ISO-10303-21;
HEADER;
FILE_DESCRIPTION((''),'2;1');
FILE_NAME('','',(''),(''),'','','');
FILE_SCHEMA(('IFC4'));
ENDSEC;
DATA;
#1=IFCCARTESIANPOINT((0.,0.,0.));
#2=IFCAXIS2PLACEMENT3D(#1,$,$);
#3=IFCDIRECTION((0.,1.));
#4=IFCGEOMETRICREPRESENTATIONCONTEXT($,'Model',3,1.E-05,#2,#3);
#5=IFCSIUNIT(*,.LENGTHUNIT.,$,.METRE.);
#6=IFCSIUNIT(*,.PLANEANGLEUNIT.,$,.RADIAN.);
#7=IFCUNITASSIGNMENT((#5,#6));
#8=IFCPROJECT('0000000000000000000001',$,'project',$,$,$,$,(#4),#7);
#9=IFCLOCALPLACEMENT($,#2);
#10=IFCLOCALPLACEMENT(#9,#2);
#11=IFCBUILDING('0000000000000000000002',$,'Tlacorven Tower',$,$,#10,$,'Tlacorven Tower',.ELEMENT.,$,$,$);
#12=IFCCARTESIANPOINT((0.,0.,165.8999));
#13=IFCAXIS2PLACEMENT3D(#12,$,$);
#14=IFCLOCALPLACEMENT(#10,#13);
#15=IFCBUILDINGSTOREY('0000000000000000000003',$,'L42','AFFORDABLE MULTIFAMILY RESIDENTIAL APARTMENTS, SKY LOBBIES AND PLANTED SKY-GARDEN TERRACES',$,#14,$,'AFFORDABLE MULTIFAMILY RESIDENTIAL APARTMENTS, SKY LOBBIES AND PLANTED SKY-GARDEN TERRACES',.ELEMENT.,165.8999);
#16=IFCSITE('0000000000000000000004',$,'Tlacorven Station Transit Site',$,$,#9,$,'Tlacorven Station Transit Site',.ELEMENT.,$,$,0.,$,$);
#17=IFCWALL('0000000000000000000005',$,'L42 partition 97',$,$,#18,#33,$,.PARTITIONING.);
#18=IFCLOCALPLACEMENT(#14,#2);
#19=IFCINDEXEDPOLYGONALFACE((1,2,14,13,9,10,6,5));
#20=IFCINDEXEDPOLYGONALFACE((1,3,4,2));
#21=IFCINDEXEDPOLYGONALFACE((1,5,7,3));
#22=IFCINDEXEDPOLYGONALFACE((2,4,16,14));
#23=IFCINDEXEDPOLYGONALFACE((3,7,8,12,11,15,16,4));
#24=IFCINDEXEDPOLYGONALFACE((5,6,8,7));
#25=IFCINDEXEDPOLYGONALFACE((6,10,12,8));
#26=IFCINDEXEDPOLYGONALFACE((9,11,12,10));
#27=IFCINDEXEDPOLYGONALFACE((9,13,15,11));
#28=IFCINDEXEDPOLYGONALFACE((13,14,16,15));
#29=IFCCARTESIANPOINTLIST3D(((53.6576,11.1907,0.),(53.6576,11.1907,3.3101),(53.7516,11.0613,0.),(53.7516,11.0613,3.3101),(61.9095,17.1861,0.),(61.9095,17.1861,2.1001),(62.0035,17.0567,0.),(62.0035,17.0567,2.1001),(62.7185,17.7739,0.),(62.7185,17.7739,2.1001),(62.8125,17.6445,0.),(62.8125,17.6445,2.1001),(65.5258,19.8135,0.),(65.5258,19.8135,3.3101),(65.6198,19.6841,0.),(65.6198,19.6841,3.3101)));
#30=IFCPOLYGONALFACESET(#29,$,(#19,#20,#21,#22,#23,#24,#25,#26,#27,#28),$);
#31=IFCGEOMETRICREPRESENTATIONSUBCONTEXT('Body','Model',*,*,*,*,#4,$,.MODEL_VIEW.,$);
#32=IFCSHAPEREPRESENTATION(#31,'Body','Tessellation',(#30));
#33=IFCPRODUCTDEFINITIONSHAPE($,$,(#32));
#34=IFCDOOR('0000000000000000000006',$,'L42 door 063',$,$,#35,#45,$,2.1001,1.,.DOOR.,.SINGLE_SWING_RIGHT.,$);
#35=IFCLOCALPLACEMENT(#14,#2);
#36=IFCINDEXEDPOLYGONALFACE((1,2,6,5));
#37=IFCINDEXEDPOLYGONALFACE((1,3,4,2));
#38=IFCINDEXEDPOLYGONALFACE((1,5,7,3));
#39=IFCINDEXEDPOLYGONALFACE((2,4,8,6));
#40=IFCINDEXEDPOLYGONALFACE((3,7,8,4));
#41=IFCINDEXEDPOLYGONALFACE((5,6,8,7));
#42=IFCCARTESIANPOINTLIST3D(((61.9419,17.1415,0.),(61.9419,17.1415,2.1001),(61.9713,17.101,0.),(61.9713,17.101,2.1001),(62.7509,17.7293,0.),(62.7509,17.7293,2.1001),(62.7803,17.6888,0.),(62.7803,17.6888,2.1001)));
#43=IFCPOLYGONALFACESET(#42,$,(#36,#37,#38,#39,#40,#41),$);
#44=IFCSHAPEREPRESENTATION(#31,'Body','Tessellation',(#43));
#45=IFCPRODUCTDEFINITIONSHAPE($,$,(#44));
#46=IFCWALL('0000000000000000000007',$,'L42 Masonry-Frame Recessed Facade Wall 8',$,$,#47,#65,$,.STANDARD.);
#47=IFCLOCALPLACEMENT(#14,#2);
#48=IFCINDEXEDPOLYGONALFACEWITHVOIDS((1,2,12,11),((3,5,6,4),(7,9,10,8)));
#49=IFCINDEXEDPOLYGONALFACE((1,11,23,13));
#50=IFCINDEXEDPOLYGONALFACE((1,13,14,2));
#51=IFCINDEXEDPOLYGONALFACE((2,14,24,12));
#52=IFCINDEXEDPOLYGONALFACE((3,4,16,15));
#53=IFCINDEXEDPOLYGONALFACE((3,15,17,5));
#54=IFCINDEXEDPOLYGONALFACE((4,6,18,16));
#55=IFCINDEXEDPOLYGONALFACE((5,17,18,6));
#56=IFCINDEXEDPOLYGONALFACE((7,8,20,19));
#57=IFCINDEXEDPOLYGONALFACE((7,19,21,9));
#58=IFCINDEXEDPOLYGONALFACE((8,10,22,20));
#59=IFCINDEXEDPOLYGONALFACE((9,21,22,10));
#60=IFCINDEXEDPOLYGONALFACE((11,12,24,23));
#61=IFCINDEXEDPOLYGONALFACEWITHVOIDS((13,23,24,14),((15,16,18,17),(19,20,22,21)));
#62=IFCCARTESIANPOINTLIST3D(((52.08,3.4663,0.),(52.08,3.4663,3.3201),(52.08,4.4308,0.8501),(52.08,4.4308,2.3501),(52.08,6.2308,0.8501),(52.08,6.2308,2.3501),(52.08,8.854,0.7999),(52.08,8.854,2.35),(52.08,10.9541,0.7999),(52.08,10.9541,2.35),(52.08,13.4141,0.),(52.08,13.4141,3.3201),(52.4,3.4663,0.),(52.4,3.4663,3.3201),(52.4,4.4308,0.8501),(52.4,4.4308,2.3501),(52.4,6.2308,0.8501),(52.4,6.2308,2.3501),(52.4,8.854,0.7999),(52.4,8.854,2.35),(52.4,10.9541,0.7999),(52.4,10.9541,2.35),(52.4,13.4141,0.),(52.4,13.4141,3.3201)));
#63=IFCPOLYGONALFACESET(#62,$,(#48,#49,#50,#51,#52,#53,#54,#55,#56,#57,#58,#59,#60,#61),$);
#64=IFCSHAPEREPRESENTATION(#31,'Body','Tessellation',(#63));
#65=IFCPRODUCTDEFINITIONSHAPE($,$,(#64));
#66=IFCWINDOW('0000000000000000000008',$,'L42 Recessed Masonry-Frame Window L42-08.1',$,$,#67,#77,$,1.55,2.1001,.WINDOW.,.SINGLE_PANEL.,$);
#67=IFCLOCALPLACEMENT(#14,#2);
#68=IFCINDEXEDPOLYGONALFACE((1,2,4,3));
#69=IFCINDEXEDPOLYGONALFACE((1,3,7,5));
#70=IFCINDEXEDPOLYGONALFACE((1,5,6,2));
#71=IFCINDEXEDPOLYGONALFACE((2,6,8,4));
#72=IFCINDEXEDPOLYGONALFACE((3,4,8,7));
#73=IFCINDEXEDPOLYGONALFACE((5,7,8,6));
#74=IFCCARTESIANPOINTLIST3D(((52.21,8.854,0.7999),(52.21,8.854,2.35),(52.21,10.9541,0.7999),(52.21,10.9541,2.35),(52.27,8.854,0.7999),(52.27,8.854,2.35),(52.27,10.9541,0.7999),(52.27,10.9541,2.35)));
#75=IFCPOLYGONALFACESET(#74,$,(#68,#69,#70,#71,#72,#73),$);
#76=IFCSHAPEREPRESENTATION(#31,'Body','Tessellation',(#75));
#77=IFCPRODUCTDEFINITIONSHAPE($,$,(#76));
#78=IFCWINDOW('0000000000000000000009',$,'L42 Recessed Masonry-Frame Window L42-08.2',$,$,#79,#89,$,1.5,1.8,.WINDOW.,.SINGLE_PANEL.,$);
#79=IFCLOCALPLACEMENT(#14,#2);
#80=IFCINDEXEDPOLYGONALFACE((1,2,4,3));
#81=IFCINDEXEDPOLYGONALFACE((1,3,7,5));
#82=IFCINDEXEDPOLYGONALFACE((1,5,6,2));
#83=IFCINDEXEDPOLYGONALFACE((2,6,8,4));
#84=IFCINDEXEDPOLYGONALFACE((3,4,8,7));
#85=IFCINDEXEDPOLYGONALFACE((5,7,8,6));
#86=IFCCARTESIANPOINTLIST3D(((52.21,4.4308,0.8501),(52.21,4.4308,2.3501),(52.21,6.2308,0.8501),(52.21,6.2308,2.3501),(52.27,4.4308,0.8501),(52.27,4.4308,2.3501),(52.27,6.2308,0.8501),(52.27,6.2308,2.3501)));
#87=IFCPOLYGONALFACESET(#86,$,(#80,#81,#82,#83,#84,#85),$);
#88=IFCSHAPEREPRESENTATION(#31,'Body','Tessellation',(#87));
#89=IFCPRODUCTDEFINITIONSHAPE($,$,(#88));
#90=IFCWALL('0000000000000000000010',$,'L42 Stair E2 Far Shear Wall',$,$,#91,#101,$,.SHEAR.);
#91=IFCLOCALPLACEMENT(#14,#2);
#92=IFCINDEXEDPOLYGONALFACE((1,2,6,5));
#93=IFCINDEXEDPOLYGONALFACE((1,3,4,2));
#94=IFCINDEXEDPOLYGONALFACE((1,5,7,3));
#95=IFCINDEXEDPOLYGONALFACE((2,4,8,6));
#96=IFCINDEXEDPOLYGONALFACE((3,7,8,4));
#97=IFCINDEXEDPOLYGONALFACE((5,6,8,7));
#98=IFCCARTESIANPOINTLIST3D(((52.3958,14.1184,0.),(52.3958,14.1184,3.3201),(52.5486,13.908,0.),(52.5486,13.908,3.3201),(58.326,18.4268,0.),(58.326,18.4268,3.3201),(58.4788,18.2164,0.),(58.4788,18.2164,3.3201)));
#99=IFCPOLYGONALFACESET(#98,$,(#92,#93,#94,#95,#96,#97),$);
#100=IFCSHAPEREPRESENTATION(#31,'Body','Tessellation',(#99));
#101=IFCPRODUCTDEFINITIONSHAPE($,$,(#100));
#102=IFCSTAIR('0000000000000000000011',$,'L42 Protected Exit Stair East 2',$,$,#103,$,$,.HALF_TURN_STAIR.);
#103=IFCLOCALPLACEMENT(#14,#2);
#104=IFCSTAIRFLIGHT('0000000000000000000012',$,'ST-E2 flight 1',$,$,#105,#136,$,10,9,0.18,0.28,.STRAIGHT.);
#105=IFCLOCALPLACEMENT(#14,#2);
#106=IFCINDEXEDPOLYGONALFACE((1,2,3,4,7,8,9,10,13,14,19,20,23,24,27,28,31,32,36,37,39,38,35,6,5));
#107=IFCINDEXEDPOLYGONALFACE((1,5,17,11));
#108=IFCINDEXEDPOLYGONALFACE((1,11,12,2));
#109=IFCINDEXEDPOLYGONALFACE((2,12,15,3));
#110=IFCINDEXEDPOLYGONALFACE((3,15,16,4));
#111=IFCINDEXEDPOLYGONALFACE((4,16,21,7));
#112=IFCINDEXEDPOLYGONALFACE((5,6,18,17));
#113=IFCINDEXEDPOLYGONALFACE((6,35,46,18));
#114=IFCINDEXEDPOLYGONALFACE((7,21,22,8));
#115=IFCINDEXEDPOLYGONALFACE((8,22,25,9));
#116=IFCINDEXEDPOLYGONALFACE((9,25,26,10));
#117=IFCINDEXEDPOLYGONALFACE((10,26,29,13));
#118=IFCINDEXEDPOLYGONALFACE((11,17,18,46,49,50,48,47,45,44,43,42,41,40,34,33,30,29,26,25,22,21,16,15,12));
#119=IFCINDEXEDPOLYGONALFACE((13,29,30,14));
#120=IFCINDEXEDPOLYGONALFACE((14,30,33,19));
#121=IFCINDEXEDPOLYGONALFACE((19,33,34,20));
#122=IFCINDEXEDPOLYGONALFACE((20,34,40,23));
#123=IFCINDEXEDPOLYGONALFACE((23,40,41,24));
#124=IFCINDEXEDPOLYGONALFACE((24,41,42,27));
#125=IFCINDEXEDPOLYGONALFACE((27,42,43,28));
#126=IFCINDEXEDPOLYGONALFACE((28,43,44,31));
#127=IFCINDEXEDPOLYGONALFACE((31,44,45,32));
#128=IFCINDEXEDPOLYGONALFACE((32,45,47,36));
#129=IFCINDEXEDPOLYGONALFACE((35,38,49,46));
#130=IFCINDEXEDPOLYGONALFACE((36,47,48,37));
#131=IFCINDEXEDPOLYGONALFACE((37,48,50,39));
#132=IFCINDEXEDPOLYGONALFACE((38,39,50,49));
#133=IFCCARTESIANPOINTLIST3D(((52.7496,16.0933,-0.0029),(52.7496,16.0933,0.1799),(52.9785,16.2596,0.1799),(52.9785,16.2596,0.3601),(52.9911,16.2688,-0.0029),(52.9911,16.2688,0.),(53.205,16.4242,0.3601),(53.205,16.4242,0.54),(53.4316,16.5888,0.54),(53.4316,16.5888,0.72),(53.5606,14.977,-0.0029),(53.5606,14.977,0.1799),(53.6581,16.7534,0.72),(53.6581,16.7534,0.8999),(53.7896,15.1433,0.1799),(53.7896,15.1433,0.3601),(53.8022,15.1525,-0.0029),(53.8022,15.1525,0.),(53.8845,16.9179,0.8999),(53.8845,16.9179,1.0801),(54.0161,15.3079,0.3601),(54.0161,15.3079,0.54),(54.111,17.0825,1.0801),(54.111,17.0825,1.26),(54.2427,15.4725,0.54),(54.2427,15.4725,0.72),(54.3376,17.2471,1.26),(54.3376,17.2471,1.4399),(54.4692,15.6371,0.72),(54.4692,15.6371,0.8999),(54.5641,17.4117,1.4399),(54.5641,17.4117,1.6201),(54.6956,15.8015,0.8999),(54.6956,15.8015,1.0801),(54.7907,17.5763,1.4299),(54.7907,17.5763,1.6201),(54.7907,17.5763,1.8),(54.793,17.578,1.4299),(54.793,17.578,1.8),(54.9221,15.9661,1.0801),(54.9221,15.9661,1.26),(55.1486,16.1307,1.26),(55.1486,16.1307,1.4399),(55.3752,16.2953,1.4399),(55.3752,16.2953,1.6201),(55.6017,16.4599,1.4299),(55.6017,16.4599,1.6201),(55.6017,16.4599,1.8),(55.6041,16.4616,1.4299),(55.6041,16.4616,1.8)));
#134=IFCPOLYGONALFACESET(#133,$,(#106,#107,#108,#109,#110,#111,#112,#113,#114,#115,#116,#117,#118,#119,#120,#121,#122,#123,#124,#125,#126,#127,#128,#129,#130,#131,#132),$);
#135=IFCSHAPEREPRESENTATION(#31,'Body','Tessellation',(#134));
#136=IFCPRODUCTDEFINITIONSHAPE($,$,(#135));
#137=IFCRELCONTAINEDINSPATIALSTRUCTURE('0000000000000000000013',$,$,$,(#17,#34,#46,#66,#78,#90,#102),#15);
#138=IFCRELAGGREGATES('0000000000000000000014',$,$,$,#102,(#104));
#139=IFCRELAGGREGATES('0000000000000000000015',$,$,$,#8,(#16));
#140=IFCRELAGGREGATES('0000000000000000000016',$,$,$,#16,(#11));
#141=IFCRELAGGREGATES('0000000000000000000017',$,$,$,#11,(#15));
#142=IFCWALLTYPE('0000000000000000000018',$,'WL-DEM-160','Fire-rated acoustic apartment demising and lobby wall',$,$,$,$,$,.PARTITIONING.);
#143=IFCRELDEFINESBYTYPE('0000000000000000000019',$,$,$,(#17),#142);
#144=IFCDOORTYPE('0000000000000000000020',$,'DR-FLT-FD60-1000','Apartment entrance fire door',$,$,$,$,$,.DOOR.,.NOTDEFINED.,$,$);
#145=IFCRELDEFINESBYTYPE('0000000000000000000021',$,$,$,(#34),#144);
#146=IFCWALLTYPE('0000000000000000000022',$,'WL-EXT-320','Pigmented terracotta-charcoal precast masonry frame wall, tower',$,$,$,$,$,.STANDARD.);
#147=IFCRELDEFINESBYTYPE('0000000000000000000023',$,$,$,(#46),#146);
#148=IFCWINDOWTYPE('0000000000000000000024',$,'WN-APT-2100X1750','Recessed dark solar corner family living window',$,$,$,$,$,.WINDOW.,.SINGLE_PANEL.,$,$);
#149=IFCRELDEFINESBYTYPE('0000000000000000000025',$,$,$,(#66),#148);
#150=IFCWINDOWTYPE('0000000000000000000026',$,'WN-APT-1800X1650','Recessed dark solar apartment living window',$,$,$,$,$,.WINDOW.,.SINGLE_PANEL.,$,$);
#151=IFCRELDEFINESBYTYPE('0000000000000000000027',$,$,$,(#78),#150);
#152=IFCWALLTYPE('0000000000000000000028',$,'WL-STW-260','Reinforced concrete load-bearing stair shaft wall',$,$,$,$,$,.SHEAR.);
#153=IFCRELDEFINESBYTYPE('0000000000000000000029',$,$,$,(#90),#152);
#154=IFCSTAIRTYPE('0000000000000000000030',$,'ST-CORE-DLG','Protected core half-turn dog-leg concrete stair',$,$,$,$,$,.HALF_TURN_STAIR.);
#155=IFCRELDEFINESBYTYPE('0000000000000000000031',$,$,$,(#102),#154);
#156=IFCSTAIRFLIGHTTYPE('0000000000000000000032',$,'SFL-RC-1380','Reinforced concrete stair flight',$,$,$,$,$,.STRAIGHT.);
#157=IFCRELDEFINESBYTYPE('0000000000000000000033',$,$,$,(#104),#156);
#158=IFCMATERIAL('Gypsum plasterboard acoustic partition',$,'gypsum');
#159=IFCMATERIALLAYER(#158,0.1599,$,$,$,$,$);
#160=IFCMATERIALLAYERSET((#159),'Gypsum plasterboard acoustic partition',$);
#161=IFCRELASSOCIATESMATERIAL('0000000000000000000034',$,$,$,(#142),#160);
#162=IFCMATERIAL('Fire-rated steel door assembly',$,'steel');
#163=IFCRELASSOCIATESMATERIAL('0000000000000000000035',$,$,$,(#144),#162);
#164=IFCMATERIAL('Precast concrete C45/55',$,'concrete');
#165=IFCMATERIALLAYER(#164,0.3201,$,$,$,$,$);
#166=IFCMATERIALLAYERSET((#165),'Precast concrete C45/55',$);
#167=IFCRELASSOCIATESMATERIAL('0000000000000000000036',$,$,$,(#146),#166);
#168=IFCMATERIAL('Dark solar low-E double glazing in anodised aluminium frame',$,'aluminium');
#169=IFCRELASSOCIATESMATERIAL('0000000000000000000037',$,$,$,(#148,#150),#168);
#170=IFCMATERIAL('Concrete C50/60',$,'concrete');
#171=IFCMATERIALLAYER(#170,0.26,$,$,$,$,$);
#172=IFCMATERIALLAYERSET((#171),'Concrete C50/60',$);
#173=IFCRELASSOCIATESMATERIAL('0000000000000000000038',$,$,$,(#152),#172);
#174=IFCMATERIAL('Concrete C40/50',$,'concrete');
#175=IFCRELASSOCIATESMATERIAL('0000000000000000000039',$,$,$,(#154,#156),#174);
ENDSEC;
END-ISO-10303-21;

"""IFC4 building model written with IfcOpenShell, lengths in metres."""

from ifc_helpers import new_model, si_unit, direction, frame, frame_2d, origin, place, context, subcontext, project, spatial, polyline, rectangle, outline, extrude, source, transform, mapped, material, layer, layer_set, type_object, element, fill, aggregate, save


model = new_model("IFC4")

# Units and contexts
model_context = context("Model", 3, precision=1e-05, world=origin(), true_north=direction((0.0, 1.0)))
body_context = subcontext(model_context, "Body", "Model", "MODEL_VIEW")
ifc_project = project(units=[si_unit("LENGTHUNIT", "METRE"), si_unit("PLANEANGLEUNIT", "RADIAN")], contexts=[model_context])

# Site, building, storey
site_placement = place(None, origin())
site = spatial("IfcSite", under=ifc_project, at=site_placement, Name="Tlacorven Station Transit Site", LongName="Tlacorven Station Transit Site", CompositionType="ELEMENT", RefElevation=0.0)
building_placement = place(site_placement, origin())
building = spatial("IfcBuilding", under=site, at=building_placement, Name="Tlacorven Tower", LongName="Tlacorven Tower", CompositionType="ELEMENT")
storey_placement = place(building_placement, frame((0.0, 0.0, 165.8999)))
storey = spatial("IfcBuildingStorey", under=building, at=storey_placement, Name="L42", Description="AFFORDABLE MULTIFAMILY RESIDENTIAL APARTMENTS, SKY LOBBIES AND PLANTED SKY-GARDEN TERRACES", LongName="AFFORDABLE MULTIFAMILY RESIDENTIAL APARTMENTS, SKY LOBBIES AND PLANTED SKY-GARDEN TERRACES", CompositionType="ELEMENT", Elevation=165.8999)

# Wall, opening, door
ifc_material_1 = material(Name="Gypsum plasterboard acoustic partition", Category="gypsum")
ifc_layer_1 = layer(ifc_material_1, 0.1599)
ifc_layer_set_1 = layer_set([ifc_layer_1], Name="Gypsum plasterboard acoustic partition")
wall_type_1 = type_object("IfcWallType", Name="WL-DEM-160", Description="Fire-rated acoustic apartment demising and lobby wall", PredefinedType="PARTITIONING", material=ifc_layer_set_1)
wall_1_placement = place(storey_placement, frame((53.7046, 11.126, 0.0), z_axis=(0.0, 0.0, 1.0), x_axis=(0.809015, 0.587789, 0.0)))
wall_1 = element("IfcWall", 1, at=wall_1_placement, inside=storey, type_object=wall_type_1, Name="L42 partition 97", PredefinedType="PARTITIONING", context=body_context, shape_type="SweptSolid", body=[
    extrude(rectangle(XDim=14.6699, YDim=0.1599, at=frame_2d((7.335, 0.0))), origin(), (0.0, 0.0, 1.0), 3.3101),
])
opening_1_placement = place(wall_1_placement, frame((10.2, 0.0, 0.0)))
opening_1 = element("IfcOpeningElement", 2, at=opening_1_placement, cuts=wall_1, PredefinedType="OPENING", context=body_context, shape_type="SweptSolid", body=[
    extrude(rectangle(XDim=1.0, YDim=2.1001, at=frame_2d((0.5, 1.05))), frame((0.0, 0.0898, 0.0), z_axis=(0.0, -1.0, 0.0), x_axis=(1.0, 0.0, 0.0)), (0.0, 0.0, 1.0), 0.1799),
])
ifc_material_2 = material(Name="Fire-rated steel door assembly", Category="steel")
door_type = type_object("IfcDoorType", Name="DR-FLT-FD60-1000", Description="Apartment entrance fire door", OperationType="NOTDEFINED", PredefinedType="DOOR", material=ifc_material_2)
shared_shape_1 = source(origin(), body_context, "Body", "SweptSolid", [
    extrude(rectangle(XDim=1.0, YDim=2.1001, at=frame_2d((0.5, 1.05))), frame((0.0, 0.0249, 0.0), z_axis=(0.0, -1.0, 0.0), x_axis=(1.0, 0.0, 0.0)), (0.0, 0.0, 1.0), 0.05),
])
door_placement = place(opening_1_placement, origin())
door = element("IfcDoor", 3, at=door_placement, inside=storey, type_object=door_type, Name="L42 door 063", OperationType="SINGLE_SWING_RIGHT", OverallHeight=2.1001, OverallWidth=1.0, PredefinedType="DOOR", context=body_context, shape_type="MappedRepresentation", body=[
    mapped(shared_shape_1, transform((0.0, 0.0, 0.0), scale=1.0)),
])
fill(opening_1, door)

# Wall, openings, windows
ifc_material_3 = material(Name="Precast concrete C45/55", Category="concrete")
ifc_layer_2 = layer(ifc_material_3, 0.3201)
ifc_layer_set_2 = layer_set([ifc_layer_2], Name="Precast concrete C45/55")
wall_type_2 = type_object("IfcWallType", Name="WL-EXT-320", Description="Pigmented terracotta-charcoal precast masonry frame wall, tower", PredefinedType="STANDARD", material=ifc_layer_set_2)
wall_2_placement = place(storey_placement, frame((52.24, 13.4141, 0.0), z_axis=(0.0, 0.0, 1.0), x_axis=(0.0, -1.0, 0.0)))
wall_2 = element("IfcWall", 4, at=wall_2_placement, inside=storey, type_object=wall_type_2, Name="L42 Masonry-Frame Recessed Facade Wall 8", PredefinedType="STANDARD", context=body_context, shape_type="SweptSolid", body=[
    extrude(rectangle(XDim=9.9478, YDim=0.3201, at=frame_2d((4.9739, 0.0))), origin(), (0.0, 0.0, 1.0), 3.3201),
])
opening_2_placement = place(wall_2_placement, frame((2.46, 0.0, 0.8)))
opening_2 = element("IfcOpeningElement", 5, at=opening_2_placement, cuts=wall_2, PredefinedType="OPENING", context=body_context, shape_type="SweptSolid", body=[
    extrude(rectangle(XDim=2.1001, YDim=1.55, at=frame_2d((1.05, 0.7749))), frame((0.0, 0.1699, 0.0), z_axis=(0.0, -1.0, 0.0), x_axis=(1.0, 0.0, 0.0)), (0.0, 0.0, 1.0), 0.3401),
])
opening_3_placement = place(wall_2_placement, frame((7.1833, 0.0, 0.8501)))
opening_3 = element("IfcOpeningElement", 6, at=opening_3_placement, cuts=wall_2, PredefinedType="OPENING", context=body_context, shape_type="SweptSolid", body=[
    extrude(rectangle(XDim=1.8, YDim=1.5, at=frame_2d((0.8999, 0.75))), frame((0.0, 0.1699, 0.0), z_axis=(0.0, -1.0, 0.0), x_axis=(1.0, 0.0, 0.0)), (0.0, 0.0, 1.0), 0.3401),
])
ifc_material_4 = material(Name="Dark solar low-E double glazing in anodised aluminium frame", Category="aluminium")
window_type_1 = type_object("IfcWindowType", Name="WN-APT-2100X1750", Description="Recessed dark solar corner family living window", PartitioningType="SINGLE_PANEL", PredefinedType="WINDOW", material=ifc_material_4)
shared_shape_2 = source(origin(), body_context, "Body", "SweptSolid", [
    extrude(rectangle(XDim=2.1001, YDim=1.55, at=frame_2d((1.05, 0.7749))), frame((0.0, 0.03, 0.0), z_axis=(0.0, -1.0, 0.0), x_axis=(1.0, 0.0, 0.0)), (0.0, 0.0, 1.0), 0.0601),
])
window_1_placement = place(opening_2_placement, origin())
window_1 = element("IfcWindow", 7, at=window_1_placement, inside=storey, type_object=window_type_1, Name="L42 Recessed Masonry-Frame Window L42-08.1", OverallHeight=1.55, OverallWidth=2.1001, PartitioningType="SINGLE_PANEL", PredefinedType="WINDOW", context=body_context, shape_type="MappedRepresentation", body=[
    mapped(shared_shape_2, transform((0.0, 0.0, 0.0), scale=1.0)),
])
fill(opening_2, window_1)
window_type_2 = type_object("IfcWindowType", Name="WN-APT-1800X1650", Description="Recessed dark solar apartment living window", PartitioningType="SINGLE_PANEL", PredefinedType="WINDOW", material=ifc_material_4)
shared_shape_3 = source(origin(), body_context, "Body", "SweptSolid", [
    extrude(rectangle(XDim=1.8, YDim=1.5, at=frame_2d((0.8999, 0.75))), frame((0.0, 0.03, 0.0), z_axis=(0.0, -1.0, 0.0), x_axis=(1.0, 0.0, 0.0)), (0.0, 0.0, 1.0), 0.0601),
])
window_2_placement = place(opening_3_placement, origin())
window_2 = element("IfcWindow", 8, at=window_2_placement, inside=storey, type_object=window_type_2, Name="L42 Recessed Masonry-Frame Window L42-08.2", OverallHeight=1.5, OverallWidth=1.8, PartitioningType="SINGLE_PANEL", PredefinedType="WINDOW", context=body_context, shape_type="MappedRepresentation", body=[
    mapped(shared_shape_3, transform((0.0, 0.0, 0.0), scale=1.0)),
])
fill(opening_3, window_2)

# Wall
ifc_material_5 = material(Name="Concrete C50/60", Category="concrete")
ifc_layer_3 = layer(ifc_material_5, 0.26)
ifc_layer_set_3 = layer_set([ifc_layer_3], Name="Concrete C50/60")
wall_type_3 = type_object("IfcWallType", Name="WL-STW-260", Description="Reinforced concrete load-bearing stair shaft wall", PredefinedType="SHEAR", material=ifc_layer_set_3)
wall_3_placement = place(storey_placement, frame((52.4722, 14.0132, 0.0), z_axis=(0.0, 0.0, 1.0), x_axis=(0.809028, 0.58777, 0.0)))
element("IfcWall", 9, at=wall_3_placement, inside=storey, type_object=wall_type_3, Name="L42 Stair E2 Far Shear Wall", PredefinedType="SHEAR", context=body_context, shape_type="SweptSolid", body=[
    extrude(rectangle(XDim=7.3301, YDim=0.26, at=frame_2d((3.665, 0.0))), origin(), (0.0, 0.0, 1.0), 3.3201),
])

# Stair, stair flight
ifc_material_6 = material(Name="Concrete C40/50", Category="concrete")
stair_type = type_object("IfcStairType", Name="ST-CORE-DLG", Description="Protected core half-turn dog-leg concrete stair", PredefinedType="HALF_TURN_STAIR", material=ifc_material_6)
stair_placement = place(storey_placement, origin())
stair = element("IfcStair", 10, at=stair_placement, inside=storey, type_object=stair_type, Name="L42 Protected Exit Stair East 2", PredefinedType="HALF_TURN_STAIR")
stair_flight_type = type_object("IfcStairFlightType", Name="SFL-RC-1380", Description="Reinforced concrete stair flight", PredefinedType="STRAIGHT", material=ifc_material_6)
shared_shape_4 = source(origin(), body_context, "Body", "SweptSolid", [
    extrude(outline(polyline([(-0.0029, -0.0029), (-0.0029, 0.1799), (0.28, 0.1799), (0.28, 0.3601), (0.5601, 0.3601), (0.5601, 0.54), (0.8401, 0.54), (0.8401, 0.72), (1.1201, 0.72), (1.1201, 0.8999), (1.3999, 0.8999), (1.3999, 1.0801), (1.6799, 1.0801), (1.6799, 1.26), (1.96, 1.26), (1.96, 1.4399), (2.24, 1.4399), (2.24, 1.6201), (2.52, 1.6201), (2.52, 1.8), (2.5229, 1.8), (2.5229, 1.4299), (2.52, 1.4299), (0.2957, 0.0), (0.2957, -0.0029), (-0.0029, -0.0029)])), frame((0.0, 0.6899, 0.0), z_axis=(0.0, -1.0, 0.0), x_axis=(1.0, 0.0, 0.0)), (0.0, 0.0, 1.0), 1.3799),
])
stair_flight_1_placement = place(storey_placement, frame((53.1575, 15.5369, 0.0), z_axis=(0.0, 0.0, 1.0), x_axis=(0.809017, 0.587785, 0.0)))
stair_flight_1 = element("IfcStairFlight", 11, at=stair_flight_1_placement, type_object=stair_flight_type, Name="ST-E2 flight 1", NumberOfRisers=10, NumberOfTreads=9, PredefinedType="STRAIGHT", RiserHeight=0.18, TreadLength=0.28, context=body_context, shape_type="MappedRepresentation", body=[
    mapped(shared_shape_4, transform((0.0, 0.0, 0.0), scale=1.0)),
])
aggregate(stair, [stair_flight_1])

save(model, "model.ifc")
